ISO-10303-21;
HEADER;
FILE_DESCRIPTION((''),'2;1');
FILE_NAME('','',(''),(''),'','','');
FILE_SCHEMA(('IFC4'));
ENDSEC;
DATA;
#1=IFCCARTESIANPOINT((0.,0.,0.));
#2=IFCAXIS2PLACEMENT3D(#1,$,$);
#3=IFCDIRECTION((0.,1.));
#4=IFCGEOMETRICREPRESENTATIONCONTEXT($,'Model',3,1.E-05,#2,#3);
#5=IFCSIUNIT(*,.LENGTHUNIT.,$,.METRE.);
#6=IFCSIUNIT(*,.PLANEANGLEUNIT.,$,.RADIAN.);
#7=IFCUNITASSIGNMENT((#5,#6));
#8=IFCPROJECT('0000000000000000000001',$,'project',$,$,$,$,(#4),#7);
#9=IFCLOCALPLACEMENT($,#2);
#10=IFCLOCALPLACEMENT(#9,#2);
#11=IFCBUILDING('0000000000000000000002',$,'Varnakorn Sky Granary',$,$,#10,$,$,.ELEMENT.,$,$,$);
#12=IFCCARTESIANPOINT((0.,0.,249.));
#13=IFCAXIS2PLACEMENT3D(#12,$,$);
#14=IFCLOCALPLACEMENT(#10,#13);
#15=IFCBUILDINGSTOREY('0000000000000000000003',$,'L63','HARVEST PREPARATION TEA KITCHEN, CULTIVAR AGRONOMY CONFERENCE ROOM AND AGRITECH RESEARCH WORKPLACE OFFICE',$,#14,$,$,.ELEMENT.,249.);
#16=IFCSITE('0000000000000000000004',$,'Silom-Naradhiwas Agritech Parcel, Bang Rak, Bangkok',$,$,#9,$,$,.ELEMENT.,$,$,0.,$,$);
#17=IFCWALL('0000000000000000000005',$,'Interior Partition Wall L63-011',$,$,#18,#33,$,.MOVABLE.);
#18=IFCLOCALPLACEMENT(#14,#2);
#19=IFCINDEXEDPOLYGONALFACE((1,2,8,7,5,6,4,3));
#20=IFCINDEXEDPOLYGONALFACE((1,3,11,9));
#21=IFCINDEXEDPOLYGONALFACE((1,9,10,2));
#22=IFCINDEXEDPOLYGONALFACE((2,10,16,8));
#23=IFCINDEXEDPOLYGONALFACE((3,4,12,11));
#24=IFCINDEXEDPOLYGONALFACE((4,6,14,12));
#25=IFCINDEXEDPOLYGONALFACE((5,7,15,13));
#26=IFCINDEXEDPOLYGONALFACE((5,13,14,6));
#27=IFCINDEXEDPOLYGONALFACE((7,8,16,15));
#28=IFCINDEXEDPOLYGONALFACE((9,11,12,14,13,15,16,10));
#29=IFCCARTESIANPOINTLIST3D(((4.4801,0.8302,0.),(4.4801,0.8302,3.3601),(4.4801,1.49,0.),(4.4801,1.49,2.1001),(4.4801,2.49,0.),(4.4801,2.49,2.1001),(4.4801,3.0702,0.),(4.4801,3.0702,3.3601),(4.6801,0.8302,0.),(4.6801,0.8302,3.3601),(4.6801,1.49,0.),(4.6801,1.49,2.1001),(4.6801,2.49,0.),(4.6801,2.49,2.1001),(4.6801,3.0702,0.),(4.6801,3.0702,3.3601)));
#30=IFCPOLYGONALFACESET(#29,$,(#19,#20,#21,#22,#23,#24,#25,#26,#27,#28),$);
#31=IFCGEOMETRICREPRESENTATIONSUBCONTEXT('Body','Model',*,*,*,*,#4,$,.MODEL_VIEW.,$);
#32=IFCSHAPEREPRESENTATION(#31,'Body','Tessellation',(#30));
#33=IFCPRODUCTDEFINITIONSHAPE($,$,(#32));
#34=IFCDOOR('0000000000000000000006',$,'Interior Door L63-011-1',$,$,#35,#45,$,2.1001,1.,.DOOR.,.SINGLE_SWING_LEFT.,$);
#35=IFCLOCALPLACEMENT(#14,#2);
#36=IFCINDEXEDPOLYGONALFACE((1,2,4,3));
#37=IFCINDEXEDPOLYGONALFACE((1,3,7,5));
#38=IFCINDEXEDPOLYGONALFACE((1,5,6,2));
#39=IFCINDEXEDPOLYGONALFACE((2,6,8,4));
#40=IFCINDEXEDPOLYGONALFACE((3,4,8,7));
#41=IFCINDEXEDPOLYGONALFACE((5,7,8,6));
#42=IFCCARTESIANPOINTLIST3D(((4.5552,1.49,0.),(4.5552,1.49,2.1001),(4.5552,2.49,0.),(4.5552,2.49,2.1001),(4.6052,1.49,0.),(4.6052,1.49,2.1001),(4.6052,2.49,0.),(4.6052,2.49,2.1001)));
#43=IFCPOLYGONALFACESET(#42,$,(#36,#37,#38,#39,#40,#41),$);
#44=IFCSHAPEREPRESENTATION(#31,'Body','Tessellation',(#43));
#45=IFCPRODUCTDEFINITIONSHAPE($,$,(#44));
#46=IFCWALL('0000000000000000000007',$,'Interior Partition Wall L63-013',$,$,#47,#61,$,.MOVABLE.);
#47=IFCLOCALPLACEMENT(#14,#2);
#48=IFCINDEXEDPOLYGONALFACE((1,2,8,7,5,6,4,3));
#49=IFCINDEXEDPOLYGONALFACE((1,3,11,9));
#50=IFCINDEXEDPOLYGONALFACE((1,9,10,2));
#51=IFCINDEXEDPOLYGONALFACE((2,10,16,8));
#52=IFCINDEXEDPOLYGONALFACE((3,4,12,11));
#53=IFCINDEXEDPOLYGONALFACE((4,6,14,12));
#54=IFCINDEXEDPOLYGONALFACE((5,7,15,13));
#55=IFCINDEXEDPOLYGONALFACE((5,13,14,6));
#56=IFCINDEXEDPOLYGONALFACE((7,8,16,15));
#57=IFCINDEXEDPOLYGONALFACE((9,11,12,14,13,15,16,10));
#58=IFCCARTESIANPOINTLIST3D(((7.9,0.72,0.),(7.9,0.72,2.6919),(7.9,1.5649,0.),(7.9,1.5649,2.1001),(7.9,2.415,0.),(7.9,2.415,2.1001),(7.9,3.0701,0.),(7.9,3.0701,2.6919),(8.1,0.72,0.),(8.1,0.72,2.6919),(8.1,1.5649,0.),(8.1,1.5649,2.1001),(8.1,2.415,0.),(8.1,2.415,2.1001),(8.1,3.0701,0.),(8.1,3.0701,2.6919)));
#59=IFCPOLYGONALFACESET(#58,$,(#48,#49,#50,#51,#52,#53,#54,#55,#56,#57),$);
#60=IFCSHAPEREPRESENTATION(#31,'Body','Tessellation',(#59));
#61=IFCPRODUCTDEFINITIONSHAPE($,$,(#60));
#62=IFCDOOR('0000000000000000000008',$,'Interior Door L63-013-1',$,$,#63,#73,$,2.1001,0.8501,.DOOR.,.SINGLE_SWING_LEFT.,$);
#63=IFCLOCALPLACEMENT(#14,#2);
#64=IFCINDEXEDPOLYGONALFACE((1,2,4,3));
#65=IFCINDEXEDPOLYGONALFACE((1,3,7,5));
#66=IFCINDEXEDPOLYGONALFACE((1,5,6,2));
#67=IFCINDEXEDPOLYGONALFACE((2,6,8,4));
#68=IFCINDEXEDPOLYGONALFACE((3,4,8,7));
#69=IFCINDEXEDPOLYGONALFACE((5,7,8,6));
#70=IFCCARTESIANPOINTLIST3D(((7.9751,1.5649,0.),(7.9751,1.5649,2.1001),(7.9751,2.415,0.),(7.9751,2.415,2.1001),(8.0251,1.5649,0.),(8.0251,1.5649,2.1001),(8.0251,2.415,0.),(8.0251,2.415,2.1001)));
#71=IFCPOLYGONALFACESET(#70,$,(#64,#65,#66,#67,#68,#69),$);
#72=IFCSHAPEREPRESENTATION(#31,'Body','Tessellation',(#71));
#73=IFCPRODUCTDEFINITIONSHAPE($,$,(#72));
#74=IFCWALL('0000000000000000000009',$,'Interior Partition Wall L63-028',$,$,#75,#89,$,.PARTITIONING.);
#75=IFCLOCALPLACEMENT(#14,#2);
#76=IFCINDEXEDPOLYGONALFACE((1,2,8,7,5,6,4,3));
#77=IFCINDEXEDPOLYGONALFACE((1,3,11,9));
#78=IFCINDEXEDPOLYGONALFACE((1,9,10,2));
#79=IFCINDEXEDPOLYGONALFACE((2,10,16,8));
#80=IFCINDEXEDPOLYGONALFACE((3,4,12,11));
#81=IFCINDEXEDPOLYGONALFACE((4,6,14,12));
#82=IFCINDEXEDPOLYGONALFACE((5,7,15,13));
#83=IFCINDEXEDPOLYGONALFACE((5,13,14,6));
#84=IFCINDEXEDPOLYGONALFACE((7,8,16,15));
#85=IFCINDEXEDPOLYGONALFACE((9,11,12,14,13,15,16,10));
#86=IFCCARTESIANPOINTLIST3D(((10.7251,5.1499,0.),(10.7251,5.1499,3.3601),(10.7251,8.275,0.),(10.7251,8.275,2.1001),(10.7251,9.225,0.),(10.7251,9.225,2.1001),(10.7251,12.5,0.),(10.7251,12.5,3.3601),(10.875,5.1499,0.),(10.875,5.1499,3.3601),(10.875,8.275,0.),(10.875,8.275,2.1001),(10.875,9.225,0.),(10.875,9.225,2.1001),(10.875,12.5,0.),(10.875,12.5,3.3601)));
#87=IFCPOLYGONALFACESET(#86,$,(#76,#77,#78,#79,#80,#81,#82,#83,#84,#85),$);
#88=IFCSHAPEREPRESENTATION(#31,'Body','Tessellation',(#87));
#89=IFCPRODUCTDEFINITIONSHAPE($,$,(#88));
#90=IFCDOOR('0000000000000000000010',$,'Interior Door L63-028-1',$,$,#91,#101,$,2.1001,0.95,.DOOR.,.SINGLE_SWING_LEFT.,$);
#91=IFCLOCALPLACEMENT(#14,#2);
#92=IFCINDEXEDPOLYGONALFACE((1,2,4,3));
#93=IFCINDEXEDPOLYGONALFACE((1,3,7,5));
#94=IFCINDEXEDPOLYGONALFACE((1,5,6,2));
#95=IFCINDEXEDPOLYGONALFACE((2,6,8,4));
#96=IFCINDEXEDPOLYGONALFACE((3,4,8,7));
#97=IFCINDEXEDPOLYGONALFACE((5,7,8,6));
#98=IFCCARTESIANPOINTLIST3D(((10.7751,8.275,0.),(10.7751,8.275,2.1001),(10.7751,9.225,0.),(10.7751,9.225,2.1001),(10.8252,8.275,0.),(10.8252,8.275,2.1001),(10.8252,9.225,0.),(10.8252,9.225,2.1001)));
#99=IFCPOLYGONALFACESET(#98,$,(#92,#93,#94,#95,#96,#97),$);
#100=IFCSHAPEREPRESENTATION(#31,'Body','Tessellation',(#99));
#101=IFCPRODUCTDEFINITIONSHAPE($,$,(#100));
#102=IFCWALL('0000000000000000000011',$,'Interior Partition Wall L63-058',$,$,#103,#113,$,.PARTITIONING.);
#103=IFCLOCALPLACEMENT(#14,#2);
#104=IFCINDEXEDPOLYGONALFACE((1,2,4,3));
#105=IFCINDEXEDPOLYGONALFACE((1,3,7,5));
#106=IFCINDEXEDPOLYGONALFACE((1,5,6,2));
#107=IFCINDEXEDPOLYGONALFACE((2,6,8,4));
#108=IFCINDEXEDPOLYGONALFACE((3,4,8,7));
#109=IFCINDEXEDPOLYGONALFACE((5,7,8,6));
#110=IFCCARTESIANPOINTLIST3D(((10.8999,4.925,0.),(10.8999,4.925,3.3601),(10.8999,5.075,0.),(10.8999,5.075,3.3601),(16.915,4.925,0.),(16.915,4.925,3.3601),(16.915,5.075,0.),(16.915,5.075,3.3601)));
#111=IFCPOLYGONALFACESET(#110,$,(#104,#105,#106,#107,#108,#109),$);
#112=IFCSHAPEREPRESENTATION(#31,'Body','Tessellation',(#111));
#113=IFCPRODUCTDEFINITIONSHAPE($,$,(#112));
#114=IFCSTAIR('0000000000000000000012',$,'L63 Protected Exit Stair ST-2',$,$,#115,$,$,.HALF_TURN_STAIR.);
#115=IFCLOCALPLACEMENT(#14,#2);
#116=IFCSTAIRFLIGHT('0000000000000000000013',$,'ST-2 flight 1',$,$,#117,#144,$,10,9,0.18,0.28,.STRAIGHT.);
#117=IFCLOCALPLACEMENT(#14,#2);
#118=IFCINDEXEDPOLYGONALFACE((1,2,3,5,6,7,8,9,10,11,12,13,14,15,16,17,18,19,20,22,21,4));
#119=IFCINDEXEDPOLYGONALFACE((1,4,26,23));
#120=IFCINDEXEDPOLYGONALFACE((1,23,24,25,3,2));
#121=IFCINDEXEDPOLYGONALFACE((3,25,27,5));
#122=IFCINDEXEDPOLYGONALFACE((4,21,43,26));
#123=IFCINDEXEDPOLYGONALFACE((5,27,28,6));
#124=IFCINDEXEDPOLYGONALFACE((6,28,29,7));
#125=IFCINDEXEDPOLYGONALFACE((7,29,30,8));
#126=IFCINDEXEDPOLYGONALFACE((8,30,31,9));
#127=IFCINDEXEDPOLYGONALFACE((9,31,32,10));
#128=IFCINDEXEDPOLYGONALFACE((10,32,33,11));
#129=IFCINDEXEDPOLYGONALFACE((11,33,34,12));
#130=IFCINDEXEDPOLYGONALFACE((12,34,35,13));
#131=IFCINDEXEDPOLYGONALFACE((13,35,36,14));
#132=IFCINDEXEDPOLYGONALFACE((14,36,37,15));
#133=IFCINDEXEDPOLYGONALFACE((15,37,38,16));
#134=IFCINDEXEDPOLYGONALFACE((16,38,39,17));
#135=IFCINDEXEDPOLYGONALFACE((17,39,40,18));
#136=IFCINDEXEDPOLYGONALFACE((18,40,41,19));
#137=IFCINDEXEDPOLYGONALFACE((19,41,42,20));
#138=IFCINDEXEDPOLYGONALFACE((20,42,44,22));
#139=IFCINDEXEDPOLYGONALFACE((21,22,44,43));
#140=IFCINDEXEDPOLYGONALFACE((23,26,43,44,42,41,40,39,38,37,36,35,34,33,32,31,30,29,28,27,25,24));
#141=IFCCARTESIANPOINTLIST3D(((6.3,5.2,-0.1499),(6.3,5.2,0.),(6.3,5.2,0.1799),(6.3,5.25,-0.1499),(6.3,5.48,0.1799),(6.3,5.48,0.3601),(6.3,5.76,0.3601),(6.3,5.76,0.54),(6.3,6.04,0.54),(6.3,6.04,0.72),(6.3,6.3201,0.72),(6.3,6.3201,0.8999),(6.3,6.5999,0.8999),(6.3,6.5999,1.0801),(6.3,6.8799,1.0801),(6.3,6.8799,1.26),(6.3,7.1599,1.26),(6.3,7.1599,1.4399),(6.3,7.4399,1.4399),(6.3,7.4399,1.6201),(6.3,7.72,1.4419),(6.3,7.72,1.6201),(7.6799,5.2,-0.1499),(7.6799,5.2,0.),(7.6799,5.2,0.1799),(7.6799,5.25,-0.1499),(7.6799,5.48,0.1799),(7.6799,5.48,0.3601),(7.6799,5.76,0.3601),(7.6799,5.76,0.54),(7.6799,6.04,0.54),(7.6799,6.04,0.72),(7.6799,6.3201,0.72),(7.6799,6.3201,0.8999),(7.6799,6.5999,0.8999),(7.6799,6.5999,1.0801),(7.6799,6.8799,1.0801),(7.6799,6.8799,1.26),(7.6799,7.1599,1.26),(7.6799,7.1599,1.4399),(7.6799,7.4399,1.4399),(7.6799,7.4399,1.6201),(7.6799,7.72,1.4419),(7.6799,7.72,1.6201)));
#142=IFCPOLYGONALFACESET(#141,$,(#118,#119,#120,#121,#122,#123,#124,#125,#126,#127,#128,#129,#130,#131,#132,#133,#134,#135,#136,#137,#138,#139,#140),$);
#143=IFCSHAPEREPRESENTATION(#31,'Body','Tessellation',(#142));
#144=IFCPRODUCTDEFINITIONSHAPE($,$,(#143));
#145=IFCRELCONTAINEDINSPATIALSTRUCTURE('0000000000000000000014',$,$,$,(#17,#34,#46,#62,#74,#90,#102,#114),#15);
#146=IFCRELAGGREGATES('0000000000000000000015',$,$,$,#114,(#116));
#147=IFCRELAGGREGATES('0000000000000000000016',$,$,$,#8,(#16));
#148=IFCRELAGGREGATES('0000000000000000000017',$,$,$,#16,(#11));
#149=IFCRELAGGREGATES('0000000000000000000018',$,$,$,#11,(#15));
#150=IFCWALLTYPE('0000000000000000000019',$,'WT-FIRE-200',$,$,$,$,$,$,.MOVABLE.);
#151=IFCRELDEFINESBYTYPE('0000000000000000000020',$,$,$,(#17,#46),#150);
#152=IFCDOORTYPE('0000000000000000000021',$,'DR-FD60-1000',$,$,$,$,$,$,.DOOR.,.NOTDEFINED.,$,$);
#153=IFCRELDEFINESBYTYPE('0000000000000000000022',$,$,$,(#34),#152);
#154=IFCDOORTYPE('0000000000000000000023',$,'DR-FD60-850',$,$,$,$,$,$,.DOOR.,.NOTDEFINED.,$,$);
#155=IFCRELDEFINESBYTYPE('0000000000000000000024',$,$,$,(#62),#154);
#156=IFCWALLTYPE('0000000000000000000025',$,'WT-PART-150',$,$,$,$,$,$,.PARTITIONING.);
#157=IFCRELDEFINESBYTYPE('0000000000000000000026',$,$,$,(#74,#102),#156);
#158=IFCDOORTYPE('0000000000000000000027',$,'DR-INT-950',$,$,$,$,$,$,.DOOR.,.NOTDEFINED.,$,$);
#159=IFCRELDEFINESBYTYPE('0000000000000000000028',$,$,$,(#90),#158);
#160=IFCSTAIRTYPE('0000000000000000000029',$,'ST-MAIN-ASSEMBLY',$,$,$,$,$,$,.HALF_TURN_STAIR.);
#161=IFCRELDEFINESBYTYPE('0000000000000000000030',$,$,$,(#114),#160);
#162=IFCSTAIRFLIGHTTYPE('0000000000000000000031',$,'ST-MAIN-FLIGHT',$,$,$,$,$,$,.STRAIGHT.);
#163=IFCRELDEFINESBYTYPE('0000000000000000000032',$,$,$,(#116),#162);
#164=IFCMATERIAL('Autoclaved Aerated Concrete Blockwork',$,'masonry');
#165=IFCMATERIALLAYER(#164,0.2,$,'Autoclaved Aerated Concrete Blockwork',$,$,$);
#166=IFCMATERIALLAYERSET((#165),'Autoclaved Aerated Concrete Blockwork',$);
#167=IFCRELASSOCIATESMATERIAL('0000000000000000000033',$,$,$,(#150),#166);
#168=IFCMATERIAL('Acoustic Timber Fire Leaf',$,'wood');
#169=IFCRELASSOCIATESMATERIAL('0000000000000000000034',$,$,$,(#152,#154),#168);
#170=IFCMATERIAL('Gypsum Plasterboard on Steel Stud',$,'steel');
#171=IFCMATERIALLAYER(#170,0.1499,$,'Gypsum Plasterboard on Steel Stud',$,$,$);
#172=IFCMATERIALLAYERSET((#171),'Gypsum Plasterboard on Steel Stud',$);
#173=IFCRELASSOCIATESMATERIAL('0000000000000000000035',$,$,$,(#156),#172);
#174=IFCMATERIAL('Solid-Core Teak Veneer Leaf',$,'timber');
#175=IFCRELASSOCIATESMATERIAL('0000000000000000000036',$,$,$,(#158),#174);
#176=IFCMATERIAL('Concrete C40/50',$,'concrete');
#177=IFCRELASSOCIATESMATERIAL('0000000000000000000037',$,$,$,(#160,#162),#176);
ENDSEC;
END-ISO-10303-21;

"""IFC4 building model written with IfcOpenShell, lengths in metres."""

from ifc_helpers import new_model, si_unit, direction, frame, frame_2d, origin, place, context, subcontext, project, spatial, polyline, rectangle, outline, extrude, material, layer, layer_set, type_object, element, fill, aggregate, save


model = new_model("IFC4")

# Units and contexts
model_context = context("Model", 3, precision=1e-05, world=origin(), true_north=direction((0.0, 1.0)))
body_context = subcontext(model_context, "Body", "Model", "MODEL_VIEW")
ifc_project = project(units=[si_unit("LENGTHUNIT", "METRE"), si_unit("PLANEANGLEUNIT", "RADIAN")], contexts=[model_context])

# Site, building, storey
site_placement = place(None, origin())
site = spatial("IfcSite", under=ifc_project, at=site_placement, Name="Silom-Naradhiwas Agritech Parcel, Bang Rak, Bangkok", CompositionType="ELEMENT", RefElevation=0.0)
building_placement = place(site_placement, origin())
building = spatial("IfcBuilding", under=site, at=building_placement, Name="Varnakorn Sky Granary", CompositionType="ELEMENT")
storey_placement = place(building_placement, frame((0.0, 0.0, 249.0)))
storey = spatial("IfcBuildingStorey", under=building, at=storey_placement, Name="L63", Description="HARVEST PREPARATION TEA KITCHEN, CULTIVAR AGRONOMY CONFERENCE ROOM AND AGRITECH RESEARCH WORKPLACE OFFICE", CompositionType="ELEMENT", Elevation=249.0)

# Walls, openings, doors
ifc_material_1 = material(Name="Autoclaved Aerated Concrete Blockwork", Category="masonry")
ifc_layer_1 = layer(ifc_material_1, 0.2, Name="Autoclaved Aerated Concrete Blockwork")
ifc_layer_set_1 = layer_set([ifc_layer_1], Name="Autoclaved Aerated Concrete Blockwork")
wall_type_1 = type_object("IfcWallType", Name="WT-FIRE-200", PredefinedType="MOVABLE", material=ifc_layer_set_1)
wall_1_placement = place(storey_placement, frame((4.5801, 0.8301, 0.0), z_axis=(0.0, 0.0, 1.0), x_axis=(0.0, 1.0, 0.0)))
wall_1 = element("IfcWall", 1, at=wall_1_placement, inside=storey, type_object=wall_type_1, Name="Interior Partition Wall L63-011", PredefinedType="MOVABLE", context=body_context, shape_type="SweptSolid", body=[
    extrude(rectangle(XDim=2.24, YDim=0.2, at=frame_2d((1.1201, 0.0))), origin(), (0.0, 0.0, 1.0), 3.3601),
])
opening_1_placement = place(wall_1_placement, frame((0.6599, 0.0, 0.0)))
opening_1 = element("IfcOpeningElement", 2, at=opening_1_placement, cuts=wall_1, PredefinedType="OPENING", context=body_context, shape_type="SweptSolid", body=[
    extrude(rectangle(XDim=1.0, YDim=2.1001, at=frame_2d((0.5, 1.05))), frame((0.0, 0.1099, 0.0), z_axis=(0.0, -1.0, 0.0), x_axis=(1.0, 0.0, 0.0)), (0.0, 0.0, 1.0), 0.22),
])
ifc_material_2 = material(Name="Acoustic Timber Fire Leaf", Category="wood")
door_type_1 = type_object("IfcDoorType", Name="DR-FD60-1000", OperationType="NOTDEFINED", PredefinedType="DOOR", material=ifc_material_2)
door_1_placement = place(opening_1_placement, origin())
door_1 = element("IfcDoor", 3, at=door_1_placement, inside=storey, type_object=door_type_1, Name="Interior Door L63-011-1", OperationType="SINGLE_SWING_LEFT", OverallHeight=2.1001, OverallWidth=1.0, PredefinedType="DOOR", context=body_context, shape_type="SweptSolid", body=[
    extrude(rectangle(XDim=1.0, YDim=2.1001, at=frame_2d((0.5, 1.05))), frame((0.0, 0.0249, 0.0), z_axis=(0.0, -1.0, 0.0), x_axis=(1.0, 0.0, 0.0)), (0.0, 0.0, 1.0), 0.05),
])
fill(opening_1, door_1)
wall_2_placement = place(storey_placement, frame((8.0, 0.72, 0.0), z_axis=(0.0, 0.0, 1.0), x_axis=(0.0, 1.0, 0.0)))
wall_2 = element("IfcWall", 4, at=wall_2_placement, inside=storey, type_object=wall_type_1, Name="Interior Partition Wall L63-013", PredefinedType="MOVABLE", context=body_context, shape_type="SweptSolid", body=[
    extrude(rectangle(XDim=2.3501, YDim=0.2, at=frame_2d((1.175, 0.0))), origin(), (0.0, 0.0, 1.0), 2.6919),
])
opening_2_placement = place(wall_2_placement, frame((0.845, 0.0, 0.0)))
opening_2 = element("IfcOpeningElement", 5, at=opening_2_placement, cuts=wall_2, PredefinedType="OPENING", context=body_context, shape_type="SweptSolid", body=[
    extrude(rectangle(XDim=0.8501, YDim=2.1001, at=frame_2d((0.425, 1.05))), frame((0.0, 0.1099, 0.0), z_axis=(0.0, -1.0, 0.0), x_axis=(1.0, 0.0, 0.0)), (0.0, 0.0, 1.0), 0.22),
])
door_type_2 = type_object("IfcDoorType", Name="DR-FD60-850", OperationType="NOTDEFINED", PredefinedType="DOOR", material=ifc_material_2)
door_2_placement = place(opening_2_placement, origin())
door_2 = element("IfcDoor", 6, at=door_2_placement, inside=storey, type_object=door_type_2, Name="Interior Door L63-013-1", OperationType="SINGLE_SWING_LEFT", OverallHeight=2.1001, OverallWidth=0.8501, PredefinedType="DOOR", context=body_context, shape_type="SweptSolid", body=[
    extrude(rectangle(XDim=0.8501, YDim=2.1001, at=frame_2d((0.425, 1.05))), frame((0.0, 0.0249, 0.0), z_axis=(0.0, -1.0, 0.0), x_axis=(1.0, 0.0, 0.0)), (0.0, 0.0, 1.0), 0.05),
])
fill(opening_2, door_2)
ifc_material_3 = material(Name="Gypsum Plasterboard on Steel Stud", Category="steel")
ifc_layer_2 = layer(ifc_material_3, 0.1499, Name="Gypsum Plasterboard on Steel Stud")
ifc_layer_set_2 = layer_set([ifc_layer_2], Name="Gypsum Plasterboard on Steel Stud")
wall_type_2 = type_object("IfcWallType", Name="WT-PART-150", PredefinedType="PARTITIONING", material=ifc_layer_set_2)
wall_3_placement = place(storey_placement, frame((10.8, 5.1499, 0.0), z_axis=(0.0, 0.0, 1.0), x_axis=(0.0, 1.0, 0.0)))
wall_3 = element("IfcWall", 7, at=wall_3_placement, inside=storey, type_object=wall_type_2, Name="Interior Partition Wall L63-028", PredefinedType="PARTITIONING", context=body_context, shape_type="SweptSolid", body=[
    extrude(rectangle(XDim=7.3501, YDim=0.1499, at=frame_2d((3.675, 0.0))), origin(), (0.0, 0.0, 1.0), 3.3601),
])
opening_3_placement = place(wall_3_placement, frame((3.125, 0.0, 0.0)))
opening_3 = element("IfcOpeningElement", 8, at=opening_3_placement, cuts=wall_3, PredefinedType="OPENING", context=body_context, shape_type="SweptSolid", body=[
    extrude(rectangle(XDim=0.95, YDim=2.1001, at=frame_2d((0.4751, 1.05))), frame((0.0, 0.085, 0.0), z_axis=(0.0, -1.0, 0.0), x_axis=(1.0, 0.0, 0.0)), (0.0, 0.0, 1.0), 0.1699),
])
ifc_material_4 = material(Name="Solid-Core Teak Veneer Leaf", Category="timber")
door_type_3 = type_object("IfcDoorType", Name="DR-INT-950", OperationType="NOTDEFINED", PredefinedType="DOOR", material=ifc_material_4)
door_3_placement = place(opening_3_placement, origin())
door_3 = element("IfcDoor", 9, at=door_3_placement, inside=storey, type_object=door_type_3, Name="Interior Door L63-028-1", OperationType="SINGLE_SWING_LEFT", OverallHeight=2.1001, OverallWidth=0.95, PredefinedType="DOOR", context=body_context, shape_type="SweptSolid", body=[
    extrude(rectangle(XDim=0.95, YDim=2.1001, at=frame_2d((0.4751, 1.05))), frame((0.0, 0.0249, 0.0), z_axis=(0.0, -1.0, 0.0), x_axis=(1.0, 0.0, 0.0)), (0.0, 0.0, 1.0), 0.05),
])
fill(opening_3, door_3)

# Wall
wall_4_placement = place(storey_placement, frame((10.8999, 5.0, 0.0), z_axis=(0.0, 0.0, 1.0), x_axis=(1.0, 0.0, 0.0)))
element("IfcWall", 10, at=wall_4_placement, inside=storey, type_object=wall_type_2, Name="Interior Partition Wall L63-058", PredefinedType="PARTITIONING", context=body_context, shape_type="SweptSolid", body=[
    extrude(rectangle(XDim=6.0151, YDim=0.1499, at=frame_2d((3.0076, 0.0))), origin(), (0.0, 0.0, 1.0), 3.3601),
])

# Stair, stair flight
ifc_material_5 = material(Name="Concrete C40/50", Category="concrete")
stair_type = type_object("IfcStairType", Name="ST-MAIN-ASSEMBLY", PredefinedType="HALF_TURN_STAIR", material=ifc_material_5)
stair_placement = place(storey_placement, origin())
stair = element("IfcStair", 11, at=stair_placement, inside=storey, type_object=stair_type, Name="L63 Protected Exit Stair ST-2", PredefinedType="HALF_TURN_STAIR")
stair_flight_type = type_object("IfcStairFlightType", Name="ST-MAIN-FLIGHT", PredefinedType="STRAIGHT", material=ifc_material_5)
stair_flight_1_placement = place(storey_placement, frame((6.99, 5.2, 0.0), z_axis=(0.0, 0.0, 1.0), x_axis=(0.0, 1.0, 0.0)))
stair_flight_1 = element("IfcStairFlight", 12, at=stair_flight_1_placement, type_object=stair_flight_type, Name="ST-2 flight 1", NumberOfRisers=10, NumberOfTreads=9, PredefinedType="STRAIGHT", RiserHeight=0.18, TreadLength=0.28, context=body_context, shape_type="SweptSolid", body=[
    extrude(outline(polyline([(0.0, -0.1499), (0.0, 0.0), (0.0, 0.1799), (0.28, 0.1799), (0.28, 0.3601), (0.5601, 0.3601), (0.5601, 0.54), (0.8401, 0.54), (0.8401, 0.72), (1.1201, 0.72), (1.1201, 0.8999), (1.3999, 0.8999), (1.3999, 1.0801), (1.6799, 1.0801), (1.6799, 1.26), (1.96, 1.26), (1.96, 1.4399), (2.24, 1.4399), (2.24, 1.6201), (2.52, 1.6201), (2.52, 1.8), (2.52, 1.4419), (0.05, -0.1499), (0.0, -0.1499)])), frame((0.0, 0.6899, 0.0), z_axis=(0.0, -1.0, 0.0), x_axis=(1.0, 0.0, 0.0)), (0.0, 0.0, 1.0), 1.3799),
])
aggregate(stair, [stair_flight_1])

save(model, "model.ifc")
